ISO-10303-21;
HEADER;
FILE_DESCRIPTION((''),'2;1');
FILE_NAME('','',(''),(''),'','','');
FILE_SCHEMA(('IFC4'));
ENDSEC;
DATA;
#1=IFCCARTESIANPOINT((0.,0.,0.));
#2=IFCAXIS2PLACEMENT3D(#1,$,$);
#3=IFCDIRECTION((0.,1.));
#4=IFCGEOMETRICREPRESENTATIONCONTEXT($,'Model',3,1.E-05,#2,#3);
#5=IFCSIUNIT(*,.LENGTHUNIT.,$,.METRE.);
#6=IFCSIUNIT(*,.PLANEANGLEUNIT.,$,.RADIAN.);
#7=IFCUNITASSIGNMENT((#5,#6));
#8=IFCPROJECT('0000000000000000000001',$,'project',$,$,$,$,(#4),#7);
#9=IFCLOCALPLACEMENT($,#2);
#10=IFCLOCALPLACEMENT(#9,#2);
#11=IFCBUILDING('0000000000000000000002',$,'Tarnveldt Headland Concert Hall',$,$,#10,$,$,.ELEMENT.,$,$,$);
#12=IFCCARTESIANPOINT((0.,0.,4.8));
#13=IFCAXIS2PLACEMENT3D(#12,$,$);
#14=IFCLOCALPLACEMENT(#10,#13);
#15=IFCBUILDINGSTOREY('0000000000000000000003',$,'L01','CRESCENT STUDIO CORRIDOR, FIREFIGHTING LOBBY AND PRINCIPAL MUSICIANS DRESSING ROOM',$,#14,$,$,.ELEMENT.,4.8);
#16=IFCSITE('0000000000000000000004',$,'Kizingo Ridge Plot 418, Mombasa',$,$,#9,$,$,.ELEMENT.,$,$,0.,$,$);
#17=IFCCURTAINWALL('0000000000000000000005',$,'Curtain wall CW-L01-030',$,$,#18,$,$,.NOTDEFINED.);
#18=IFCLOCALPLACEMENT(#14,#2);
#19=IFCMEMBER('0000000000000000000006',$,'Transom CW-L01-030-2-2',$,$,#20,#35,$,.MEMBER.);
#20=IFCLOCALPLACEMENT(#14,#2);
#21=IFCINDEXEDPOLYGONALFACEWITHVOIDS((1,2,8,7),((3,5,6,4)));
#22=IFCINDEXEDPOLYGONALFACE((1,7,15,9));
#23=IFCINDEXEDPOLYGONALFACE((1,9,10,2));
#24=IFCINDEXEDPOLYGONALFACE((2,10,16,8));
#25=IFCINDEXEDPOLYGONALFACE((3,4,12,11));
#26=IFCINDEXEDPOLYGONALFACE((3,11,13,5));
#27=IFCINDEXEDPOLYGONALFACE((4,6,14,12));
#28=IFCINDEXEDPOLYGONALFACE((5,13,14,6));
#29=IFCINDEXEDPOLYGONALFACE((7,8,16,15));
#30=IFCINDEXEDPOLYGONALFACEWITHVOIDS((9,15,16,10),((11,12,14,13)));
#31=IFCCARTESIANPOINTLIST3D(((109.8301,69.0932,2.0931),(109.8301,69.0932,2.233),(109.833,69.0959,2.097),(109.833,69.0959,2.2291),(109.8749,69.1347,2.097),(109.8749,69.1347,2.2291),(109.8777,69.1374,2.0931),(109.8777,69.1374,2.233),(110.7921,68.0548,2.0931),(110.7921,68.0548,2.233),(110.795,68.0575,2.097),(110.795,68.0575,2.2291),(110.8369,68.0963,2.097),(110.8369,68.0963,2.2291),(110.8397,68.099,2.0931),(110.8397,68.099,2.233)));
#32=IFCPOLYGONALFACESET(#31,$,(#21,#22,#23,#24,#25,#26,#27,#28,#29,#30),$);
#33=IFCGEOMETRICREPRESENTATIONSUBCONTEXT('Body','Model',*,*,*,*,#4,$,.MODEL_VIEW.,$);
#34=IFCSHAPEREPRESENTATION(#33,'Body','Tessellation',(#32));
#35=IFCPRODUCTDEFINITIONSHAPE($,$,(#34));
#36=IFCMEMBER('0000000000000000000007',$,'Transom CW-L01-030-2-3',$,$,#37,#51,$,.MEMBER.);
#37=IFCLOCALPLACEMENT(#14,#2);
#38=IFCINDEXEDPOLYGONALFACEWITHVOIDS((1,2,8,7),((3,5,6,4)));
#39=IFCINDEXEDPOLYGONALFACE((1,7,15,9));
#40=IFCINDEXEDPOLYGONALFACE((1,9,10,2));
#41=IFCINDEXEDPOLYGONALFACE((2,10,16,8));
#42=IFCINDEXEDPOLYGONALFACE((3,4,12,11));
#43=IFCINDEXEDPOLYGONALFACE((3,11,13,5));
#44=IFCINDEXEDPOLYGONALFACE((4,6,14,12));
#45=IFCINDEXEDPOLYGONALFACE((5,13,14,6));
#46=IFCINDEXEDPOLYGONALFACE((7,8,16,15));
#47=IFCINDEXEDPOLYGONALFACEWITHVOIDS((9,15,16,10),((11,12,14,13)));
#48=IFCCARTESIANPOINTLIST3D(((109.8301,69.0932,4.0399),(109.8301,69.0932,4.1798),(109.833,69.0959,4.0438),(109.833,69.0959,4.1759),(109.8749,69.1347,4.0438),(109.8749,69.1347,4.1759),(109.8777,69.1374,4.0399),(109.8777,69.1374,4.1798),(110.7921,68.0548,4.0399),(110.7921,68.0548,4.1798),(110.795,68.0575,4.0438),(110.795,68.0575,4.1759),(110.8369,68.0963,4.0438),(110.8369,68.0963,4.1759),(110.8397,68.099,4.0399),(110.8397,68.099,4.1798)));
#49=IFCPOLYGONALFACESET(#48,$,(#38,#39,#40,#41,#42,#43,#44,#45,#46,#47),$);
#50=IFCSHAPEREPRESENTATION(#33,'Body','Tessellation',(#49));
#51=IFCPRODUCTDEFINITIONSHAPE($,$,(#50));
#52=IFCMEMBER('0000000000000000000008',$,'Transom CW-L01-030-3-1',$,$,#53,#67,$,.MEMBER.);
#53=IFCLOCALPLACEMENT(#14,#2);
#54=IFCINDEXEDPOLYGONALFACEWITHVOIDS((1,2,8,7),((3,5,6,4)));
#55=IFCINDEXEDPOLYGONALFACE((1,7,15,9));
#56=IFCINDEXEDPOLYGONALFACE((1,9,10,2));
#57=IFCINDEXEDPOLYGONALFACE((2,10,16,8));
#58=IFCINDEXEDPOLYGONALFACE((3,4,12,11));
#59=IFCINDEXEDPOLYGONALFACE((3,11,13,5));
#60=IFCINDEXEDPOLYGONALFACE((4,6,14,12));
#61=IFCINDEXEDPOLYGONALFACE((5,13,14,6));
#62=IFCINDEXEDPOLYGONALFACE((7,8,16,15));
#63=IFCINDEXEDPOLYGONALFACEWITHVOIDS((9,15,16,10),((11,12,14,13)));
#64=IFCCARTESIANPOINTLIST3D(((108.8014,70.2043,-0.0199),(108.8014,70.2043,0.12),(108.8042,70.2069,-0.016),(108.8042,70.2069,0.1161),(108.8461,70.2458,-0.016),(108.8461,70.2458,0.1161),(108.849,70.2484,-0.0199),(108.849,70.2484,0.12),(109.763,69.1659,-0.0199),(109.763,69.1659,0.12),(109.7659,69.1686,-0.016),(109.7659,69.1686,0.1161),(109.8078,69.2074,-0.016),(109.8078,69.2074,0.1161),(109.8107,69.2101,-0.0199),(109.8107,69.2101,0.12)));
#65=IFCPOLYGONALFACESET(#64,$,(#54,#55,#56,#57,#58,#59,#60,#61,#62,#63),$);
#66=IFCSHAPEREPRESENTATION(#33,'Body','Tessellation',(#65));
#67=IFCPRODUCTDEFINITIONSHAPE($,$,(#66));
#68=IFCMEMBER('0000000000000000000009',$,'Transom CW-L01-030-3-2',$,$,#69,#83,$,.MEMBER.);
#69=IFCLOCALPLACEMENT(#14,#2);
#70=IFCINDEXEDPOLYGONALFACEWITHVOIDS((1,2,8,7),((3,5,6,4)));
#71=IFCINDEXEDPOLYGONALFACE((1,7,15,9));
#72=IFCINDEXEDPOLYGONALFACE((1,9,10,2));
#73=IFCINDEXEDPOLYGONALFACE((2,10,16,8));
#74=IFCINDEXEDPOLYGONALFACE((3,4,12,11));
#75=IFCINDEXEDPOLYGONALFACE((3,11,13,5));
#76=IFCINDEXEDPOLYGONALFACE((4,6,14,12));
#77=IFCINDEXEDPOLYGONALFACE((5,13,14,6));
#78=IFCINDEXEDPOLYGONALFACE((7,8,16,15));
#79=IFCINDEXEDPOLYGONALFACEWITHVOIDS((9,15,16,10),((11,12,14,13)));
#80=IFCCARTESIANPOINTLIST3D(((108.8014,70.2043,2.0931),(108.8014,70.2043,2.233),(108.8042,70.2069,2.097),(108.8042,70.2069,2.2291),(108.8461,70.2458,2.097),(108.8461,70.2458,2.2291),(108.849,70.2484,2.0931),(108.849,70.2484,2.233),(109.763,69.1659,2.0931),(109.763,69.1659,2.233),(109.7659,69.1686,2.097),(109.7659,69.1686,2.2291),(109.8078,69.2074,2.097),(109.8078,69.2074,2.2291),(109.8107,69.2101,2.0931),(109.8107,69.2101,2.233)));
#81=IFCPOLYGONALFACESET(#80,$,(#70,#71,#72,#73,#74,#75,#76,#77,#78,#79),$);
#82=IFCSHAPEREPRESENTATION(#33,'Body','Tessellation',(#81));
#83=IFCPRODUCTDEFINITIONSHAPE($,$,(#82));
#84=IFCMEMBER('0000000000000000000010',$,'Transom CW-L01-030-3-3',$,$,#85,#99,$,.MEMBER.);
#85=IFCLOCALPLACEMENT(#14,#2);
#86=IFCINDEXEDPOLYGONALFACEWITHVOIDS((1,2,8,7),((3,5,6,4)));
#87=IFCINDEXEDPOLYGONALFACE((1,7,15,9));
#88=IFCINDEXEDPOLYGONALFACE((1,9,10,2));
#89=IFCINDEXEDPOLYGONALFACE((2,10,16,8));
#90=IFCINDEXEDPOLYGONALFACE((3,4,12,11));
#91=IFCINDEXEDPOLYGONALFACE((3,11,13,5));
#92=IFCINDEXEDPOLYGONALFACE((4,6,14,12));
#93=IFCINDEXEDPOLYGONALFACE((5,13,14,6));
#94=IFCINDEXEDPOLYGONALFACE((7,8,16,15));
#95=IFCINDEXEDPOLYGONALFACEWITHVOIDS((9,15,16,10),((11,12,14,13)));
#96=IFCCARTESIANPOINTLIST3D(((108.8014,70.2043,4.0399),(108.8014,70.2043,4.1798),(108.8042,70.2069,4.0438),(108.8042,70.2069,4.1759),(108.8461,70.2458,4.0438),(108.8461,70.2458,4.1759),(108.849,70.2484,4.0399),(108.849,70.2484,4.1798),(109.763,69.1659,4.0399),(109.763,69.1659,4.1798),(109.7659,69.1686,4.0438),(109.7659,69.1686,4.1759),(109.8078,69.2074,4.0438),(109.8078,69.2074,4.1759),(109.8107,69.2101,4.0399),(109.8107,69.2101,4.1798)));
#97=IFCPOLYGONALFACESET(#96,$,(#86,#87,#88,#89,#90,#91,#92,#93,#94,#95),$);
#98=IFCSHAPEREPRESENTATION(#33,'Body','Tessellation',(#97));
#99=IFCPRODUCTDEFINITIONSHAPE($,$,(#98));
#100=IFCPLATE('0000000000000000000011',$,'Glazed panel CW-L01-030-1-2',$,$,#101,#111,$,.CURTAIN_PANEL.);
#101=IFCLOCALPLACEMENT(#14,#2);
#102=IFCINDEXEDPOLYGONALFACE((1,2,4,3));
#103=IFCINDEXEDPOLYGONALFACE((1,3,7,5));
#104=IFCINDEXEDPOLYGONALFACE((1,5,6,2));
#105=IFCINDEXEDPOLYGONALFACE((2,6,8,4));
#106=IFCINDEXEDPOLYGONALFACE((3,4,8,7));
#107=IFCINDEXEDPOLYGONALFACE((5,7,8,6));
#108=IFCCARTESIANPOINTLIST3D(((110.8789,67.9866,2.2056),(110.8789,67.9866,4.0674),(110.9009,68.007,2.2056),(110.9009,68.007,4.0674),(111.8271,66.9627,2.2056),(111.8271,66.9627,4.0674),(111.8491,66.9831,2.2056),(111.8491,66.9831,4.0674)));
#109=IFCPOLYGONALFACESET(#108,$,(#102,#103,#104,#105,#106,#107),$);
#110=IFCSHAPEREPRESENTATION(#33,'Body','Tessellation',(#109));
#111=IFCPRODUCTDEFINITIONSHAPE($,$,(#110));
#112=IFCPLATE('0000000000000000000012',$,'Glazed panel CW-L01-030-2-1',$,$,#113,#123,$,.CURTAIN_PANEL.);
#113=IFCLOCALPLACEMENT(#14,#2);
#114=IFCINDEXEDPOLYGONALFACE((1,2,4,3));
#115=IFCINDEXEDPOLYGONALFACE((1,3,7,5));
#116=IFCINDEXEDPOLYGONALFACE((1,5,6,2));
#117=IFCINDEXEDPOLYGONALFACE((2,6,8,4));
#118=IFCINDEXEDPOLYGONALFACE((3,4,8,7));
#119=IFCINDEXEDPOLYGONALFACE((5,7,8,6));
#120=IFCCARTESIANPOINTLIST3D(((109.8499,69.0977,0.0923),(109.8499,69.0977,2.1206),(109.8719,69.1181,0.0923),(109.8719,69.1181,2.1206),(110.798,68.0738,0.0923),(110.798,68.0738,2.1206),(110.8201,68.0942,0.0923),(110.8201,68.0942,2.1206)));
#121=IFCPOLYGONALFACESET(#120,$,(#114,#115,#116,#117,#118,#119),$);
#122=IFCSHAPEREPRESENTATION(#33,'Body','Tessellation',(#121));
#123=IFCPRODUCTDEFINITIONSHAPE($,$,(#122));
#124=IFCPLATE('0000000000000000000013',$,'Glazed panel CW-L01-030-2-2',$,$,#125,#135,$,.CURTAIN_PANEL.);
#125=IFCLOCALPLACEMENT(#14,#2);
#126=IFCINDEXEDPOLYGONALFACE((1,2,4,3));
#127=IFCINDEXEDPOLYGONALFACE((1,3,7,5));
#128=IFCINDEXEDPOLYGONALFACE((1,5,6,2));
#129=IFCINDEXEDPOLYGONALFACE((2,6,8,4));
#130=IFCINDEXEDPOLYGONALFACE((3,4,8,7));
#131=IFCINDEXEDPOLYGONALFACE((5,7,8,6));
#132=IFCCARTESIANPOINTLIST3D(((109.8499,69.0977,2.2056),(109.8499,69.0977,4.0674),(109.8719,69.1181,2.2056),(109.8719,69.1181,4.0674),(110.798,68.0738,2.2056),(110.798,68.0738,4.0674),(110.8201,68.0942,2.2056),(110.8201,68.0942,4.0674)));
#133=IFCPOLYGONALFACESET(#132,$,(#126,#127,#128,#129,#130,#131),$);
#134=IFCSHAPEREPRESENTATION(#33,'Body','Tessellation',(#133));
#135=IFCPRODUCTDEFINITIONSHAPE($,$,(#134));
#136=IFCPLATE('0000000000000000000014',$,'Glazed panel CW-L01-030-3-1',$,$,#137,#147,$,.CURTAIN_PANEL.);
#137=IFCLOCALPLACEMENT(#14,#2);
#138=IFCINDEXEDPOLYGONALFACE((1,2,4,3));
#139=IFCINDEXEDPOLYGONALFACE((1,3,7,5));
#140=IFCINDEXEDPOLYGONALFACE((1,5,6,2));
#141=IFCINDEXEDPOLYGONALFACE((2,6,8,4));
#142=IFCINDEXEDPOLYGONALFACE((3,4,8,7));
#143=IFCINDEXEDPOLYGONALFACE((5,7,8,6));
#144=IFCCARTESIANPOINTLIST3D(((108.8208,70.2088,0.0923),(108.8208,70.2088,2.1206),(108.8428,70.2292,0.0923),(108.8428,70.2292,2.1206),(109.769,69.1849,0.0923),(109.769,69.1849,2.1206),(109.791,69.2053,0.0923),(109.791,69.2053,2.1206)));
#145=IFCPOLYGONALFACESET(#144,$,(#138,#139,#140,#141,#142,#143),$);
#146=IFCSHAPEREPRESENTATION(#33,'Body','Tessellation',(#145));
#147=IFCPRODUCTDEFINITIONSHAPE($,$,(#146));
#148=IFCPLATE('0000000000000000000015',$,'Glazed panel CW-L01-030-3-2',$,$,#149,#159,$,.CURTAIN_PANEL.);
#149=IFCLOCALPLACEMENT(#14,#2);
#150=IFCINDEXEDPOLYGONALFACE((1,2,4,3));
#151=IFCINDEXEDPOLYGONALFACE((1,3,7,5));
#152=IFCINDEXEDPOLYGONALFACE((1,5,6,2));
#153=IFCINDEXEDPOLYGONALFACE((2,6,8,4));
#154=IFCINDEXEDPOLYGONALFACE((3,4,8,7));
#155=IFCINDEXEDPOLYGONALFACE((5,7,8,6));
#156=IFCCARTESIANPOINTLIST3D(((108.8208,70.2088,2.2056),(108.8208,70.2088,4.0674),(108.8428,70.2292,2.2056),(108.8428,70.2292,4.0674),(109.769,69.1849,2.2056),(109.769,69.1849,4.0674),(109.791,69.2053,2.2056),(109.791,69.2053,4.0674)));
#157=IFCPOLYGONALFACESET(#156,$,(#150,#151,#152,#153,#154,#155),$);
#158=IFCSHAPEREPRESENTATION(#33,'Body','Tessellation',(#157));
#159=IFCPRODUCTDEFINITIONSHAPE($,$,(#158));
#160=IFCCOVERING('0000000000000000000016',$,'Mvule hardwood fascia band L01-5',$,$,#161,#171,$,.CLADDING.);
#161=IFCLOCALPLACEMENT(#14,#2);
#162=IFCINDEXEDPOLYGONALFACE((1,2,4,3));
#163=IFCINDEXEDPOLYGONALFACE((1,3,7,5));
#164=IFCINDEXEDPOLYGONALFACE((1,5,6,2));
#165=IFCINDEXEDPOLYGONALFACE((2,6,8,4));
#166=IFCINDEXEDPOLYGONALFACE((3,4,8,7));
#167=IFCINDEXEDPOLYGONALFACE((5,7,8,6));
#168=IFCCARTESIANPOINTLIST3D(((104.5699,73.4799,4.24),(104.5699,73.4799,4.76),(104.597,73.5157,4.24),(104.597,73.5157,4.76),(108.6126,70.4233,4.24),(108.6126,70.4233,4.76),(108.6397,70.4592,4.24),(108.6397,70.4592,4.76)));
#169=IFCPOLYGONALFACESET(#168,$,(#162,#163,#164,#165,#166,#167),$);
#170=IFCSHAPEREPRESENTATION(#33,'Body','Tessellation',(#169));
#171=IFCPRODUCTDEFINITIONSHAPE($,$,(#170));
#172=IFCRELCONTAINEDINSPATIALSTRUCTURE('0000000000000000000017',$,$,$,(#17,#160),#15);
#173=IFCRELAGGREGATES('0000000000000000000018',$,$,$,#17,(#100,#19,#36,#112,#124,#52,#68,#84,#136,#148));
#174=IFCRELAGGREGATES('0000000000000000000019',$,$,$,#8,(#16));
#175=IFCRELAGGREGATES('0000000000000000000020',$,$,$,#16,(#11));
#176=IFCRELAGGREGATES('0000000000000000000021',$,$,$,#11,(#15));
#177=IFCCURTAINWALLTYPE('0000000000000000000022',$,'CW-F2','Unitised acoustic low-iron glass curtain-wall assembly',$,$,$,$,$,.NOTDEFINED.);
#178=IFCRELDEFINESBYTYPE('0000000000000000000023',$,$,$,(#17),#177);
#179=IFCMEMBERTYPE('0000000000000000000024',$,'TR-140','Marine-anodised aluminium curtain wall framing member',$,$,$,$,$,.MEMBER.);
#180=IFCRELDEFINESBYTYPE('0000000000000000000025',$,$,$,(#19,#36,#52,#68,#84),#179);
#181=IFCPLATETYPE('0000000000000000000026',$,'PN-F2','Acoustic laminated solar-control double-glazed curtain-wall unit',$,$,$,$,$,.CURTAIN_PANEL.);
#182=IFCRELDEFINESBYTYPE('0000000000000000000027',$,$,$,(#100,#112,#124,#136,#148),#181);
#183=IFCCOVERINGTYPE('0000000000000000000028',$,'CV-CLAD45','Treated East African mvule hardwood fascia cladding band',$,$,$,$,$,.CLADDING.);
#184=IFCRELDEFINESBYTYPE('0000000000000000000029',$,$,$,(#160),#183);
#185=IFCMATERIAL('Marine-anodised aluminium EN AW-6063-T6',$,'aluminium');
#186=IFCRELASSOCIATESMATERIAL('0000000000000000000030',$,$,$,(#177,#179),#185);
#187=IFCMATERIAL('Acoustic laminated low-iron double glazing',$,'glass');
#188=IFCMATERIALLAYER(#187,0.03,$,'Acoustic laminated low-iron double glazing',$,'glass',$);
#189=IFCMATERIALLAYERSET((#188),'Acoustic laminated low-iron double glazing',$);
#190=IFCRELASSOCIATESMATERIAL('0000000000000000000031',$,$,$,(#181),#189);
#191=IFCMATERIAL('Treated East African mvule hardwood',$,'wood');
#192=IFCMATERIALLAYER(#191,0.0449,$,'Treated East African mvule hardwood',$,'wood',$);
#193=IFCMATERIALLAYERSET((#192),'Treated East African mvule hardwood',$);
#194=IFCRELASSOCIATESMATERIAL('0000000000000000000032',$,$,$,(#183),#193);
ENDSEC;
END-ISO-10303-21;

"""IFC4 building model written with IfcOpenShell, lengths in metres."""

from ifc_helpers import new_model, si_unit, direction, frame, frame_2d, origin, origin_2d, place, context, subcontext, project, spatial, rectangle, hollow_rectangle, extrude, material, layer, layer_set, material_profile, profile_set, type_object, element, aggregate, save


model = new_model("IFC4")

# Units and contexts
model_context = context("Model", 3, precision=1e-05, world=origin(), true_north=direction((0.0, 1.0)))
body_context = subcontext(model_context, "Body", "Model", "MODEL_VIEW")
ifc_project = project(units=[si_unit("LENGTHUNIT", "METRE"), si_unit("PLANEANGLEUNIT", "RADIAN")], contexts=[model_context])

# Site, building, storey
site_placement = place(None, origin())
site = spatial("IfcSite", under=ifc_project, at=site_placement, Name="Kizingo Ridge Plot 418, Mombasa", CompositionType="ELEMENT", RefElevation=0.0)
building_placement = place(site_placement, origin())
building = spatial("IfcBuilding", under=site, at=building_placement, Name="Tarnveldt Headland Concert Hall", CompositionType="ELEMENT")
storey_placement = place(building_placement, frame((0.0, 0.0, 4.8)))
storey = spatial("IfcBuildingStorey", under=building, at=storey_placement, Name="L01", Description="CRESCENT STUDIO CORRIDOR, FIREFIGHTING LOBBY AND PRINCIPAL MUSICIANS DRESSING ROOM", CompositionType="ELEMENT", Elevation=4.8)

# Curtain wall
ifc_material_1 = material(Name="Marine-anodised aluminium EN AW-6063-T6", Category="aluminium")
curtain_wall_type = type_object("IfcCurtainWallType", Name="CW-F2", Description="Unitised acoustic low-iron glass curtain-wall assembly", PredefinedType="NOTDEFINED", material=ifc_material_1)
curtain_wall_placement = place(storey_placement, origin())
curtain_wall = element("IfcCurtainWall", 1, at=curtain_wall_placement, inside=storey, type_object=curtain_wall_type, Name="Curtain wall CW-L01-030", PredefinedType="NOTDEFINED")

# Members
ifc_material_profile_1 = material_profile(ifc_material_1, hollow_rectangle(XDim=0.0649, YDim=0.1399, WallThickness=0.0039, at=origin_2d()), Name="ALU TRANSOM 65x140x4", Category="aluminium")
ifc_profile_set_1 = profile_set([ifc_material_profile_1], Name="Marine-anodised aluminium EN AW-6063-T6")
member_type_1 = type_object("IfcMemberType", Name="TR-140", Description="Marine-anodised aluminium curtain wall framing member", PredefinedType="MEMBER", material=ifc_profile_set_1)
member_1_placement = place(storey_placement, frame((110.8159, 68.0769, 2.1631), z_axis=(-0.679597, 0.733585, 0.0), x_axis=(-0.733585, -0.679597, 0.0)))
member_1 = element("IfcMember", 2, at=member_1_placement, type_object=member_type_1, Name="Transom CW-L01-030-2-2", PredefinedType="MEMBER", context=body_context, shape_type="SweptSolid", body=[
    extrude(hollow_rectangle(XDim=0.0649, YDim=0.1399, WallThickness=0.0039, at=origin_2d()), origin(), (0.0, 0.0, 1.0), 1.4155),
])
member_2_placement = place(storey_placement, frame((110.8159, 68.0769, 4.1099), z_axis=(-0.679597, 0.733585, 0.0), x_axis=(-0.733585, -0.679597, 0.0)))
member_2 = element("IfcMember", 3, at=member_2_placement, type_object=member_type_1, Name="Transom CW-L01-030-2-3", PredefinedType="MEMBER", context=body_context, shape_type="SweptSolid", body=[
    extrude(hollow_rectangle(XDim=0.0649, YDim=0.1399, WallThickness=0.0039, at=origin_2d()), origin(), (0.0, 0.0, 1.0), 1.4155),
])
member_3_placement = place(storey_placement, frame((109.7869, 69.188, 0.05), z_axis=(-0.679504, 0.733671, 0.0), x_axis=(-0.733671, -0.679504, 0.0)))
member_3 = element("IfcMember", 4, at=member_3_placement, type_object=member_type_1, Name="Transom CW-L01-030-3-1", PredefinedType="MEMBER", context=body_context, shape_type="SweptSolid", body=[
    extrude(hollow_rectangle(XDim=0.0649, YDim=0.1399, WallThickness=0.0039, at=origin_2d()), origin(), (0.0, 0.0, 1.0), 1.4153),
])
member_4_placement = place(storey_placement, frame((109.7869, 69.188, 2.1631), z_axis=(-0.679504, 0.733671, 0.0), x_axis=(-0.733671, -0.679504, 0.0)))
member_4 = element("IfcMember", 5, at=member_4_placement, type_object=member_type_1, Name="Transom CW-L01-030-3-2", PredefinedType="MEMBER", context=body_context, shape_type="SweptSolid", body=[
    extrude(hollow_rectangle(XDim=0.0649, YDim=0.1399, WallThickness=0.0039, at=origin_2d()), origin(), (0.0, 0.0, 1.0), 1.4153),
])
member_5_placement = place(storey_placement, frame((109.7869, 69.188, 4.1099), z_axis=(-0.679504, 0.733671, 0.0), x_axis=(-0.733671, -0.679504, 0.0)))
member_5 = element("IfcMember", 6, at=member_5_placement, type_object=member_type_1, Name="Transom CW-L01-030-3-3", PredefinedType="MEMBER", context=body_context, shape_type="SweptSolid", body=[
    extrude(hollow_rectangle(XDim=0.0649, YDim=0.1399, WallThickness=0.0039, at=origin_2d()), origin(), (0.0, 0.0, 1.0), 1.4153),
])

# Plates
ifc_material_2 = material(Name="Acoustic laminated low-iron double glazing", Category="glass")
ifc_layer_1 = layer(ifc_material_2, 0.03, Name="Acoustic laminated low-iron double glazing", Category="glass")
ifc_layer_set_1 = layer_set([ifc_layer_1], Name="Acoustic laminated low-iron double glazing")
plate_type = type_object("IfcPlateType", Name="PN-F2", Description="Acoustic laminated solar-control double-glazed curtain-wall unit", PredefinedType="CURTAIN_PANEL", material=ifc_layer_set_1)
plate_1_placement = place(storey_placement, frame((111.364, 67.4849, 2.2056), z_axis=(0.0, 0.0, 1.0), x_axis=(-0.679454, 0.733718, 0.0)))
plate_1 = element("IfcPlate", 7, at=plate_1_placement, type_object=plate_type, Name="Glazed panel CW-L01-030-1-2", PredefinedType="CURTAIN_PANEL", context=body_context, shape_type="SweptSolid", body=[
    extrude(rectangle(XDim=1.3955, YDim=0.03, at=origin_2d()), origin(), (0.0, 0.0, 1.0), 1.8618),
])
plate_2_placement = place(storey_placement, frame((110.335, 68.5959, 0.0923), z_axis=(0.0, 0.0, 1.0), x_axis=(-0.679454, 0.733718, 0.0)))
plate_2 = element("IfcPlate", 8, at=plate_2_placement, type_object=plate_type, Name="Glazed panel CW-L01-030-2-1", PredefinedType="CURTAIN_PANEL", context=body_context, shape_type="SweptSolid", body=[
    extrude(rectangle(XDim=1.3955, YDim=0.03, at=origin_2d()), origin(), (0.0, 0.0, 1.0), 2.0283),
])
plate_3_placement = place(storey_placement, frame((110.335, 68.5959, 2.2056), z_axis=(0.0, 0.0, 1.0), x_axis=(-0.679454, 0.733718, 0.0)))
plate_3 = element("IfcPlate", 9, at=plate_3_placement, type_object=plate_type, Name="Glazed panel CW-L01-030-2-2", PredefinedType="CURTAIN_PANEL", context=body_context, shape_type="SweptSolid", body=[
    extrude(rectangle(XDim=1.3955, YDim=0.03, at=origin_2d()), origin(), (0.0, 0.0, 1.0), 1.8618),
])
plate_4_placement = place(storey_placement, frame((109.3059, 69.707, 0.0923), z_axis=(0.0, 0.0, 1.0), x_axis=(-0.679454, 0.733718, 0.0)))
plate_4 = element("IfcPlate", 10, at=plate_4_placement, type_object=plate_type, Name="Glazed panel CW-L01-030-3-1", PredefinedType="CURTAIN_PANEL", context=body_context, shape_type="SweptSolid", body=[
    extrude(rectangle(XDim=1.3955, YDim=0.03, at=origin_2d()), origin(), (0.0, 0.0, 1.0), 2.0283),
])
plate_5_placement = place(storey_placement, frame((109.3059, 69.707, 2.2056), z_axis=(0.0, 0.0, 1.0), x_axis=(-0.679454, 0.733718, 0.0)))
plate_5 = element("IfcPlate", 11, at=plate_5_placement, type_object=plate_type, Name="Glazed panel CW-L01-030-3-2", PredefinedType="CURTAIN_PANEL", context=body_context, shape_type="SweptSolid", body=[
    extrude(rectangle(XDim=1.3955, YDim=0.03, at=origin_2d()), origin(), (0.0, 0.0, 1.0), 1.8618),
])
aggregate(curtain_wall, [plate_1, member_1, member_2, plate_2, plate_3, member_3, member_4, member_5, plate_4, plate_5])

# Covering
ifc_material_3 = material(Name="Treated East African mvule hardwood", Category="wood")
ifc_layer_2 = layer(ifc_material_3, 0.0449, Name="Treated East African mvule hardwood", Category="wood")
ifc_layer_set_2 = layer_set([ifc_layer_2], Name="Treated East African mvule hardwood")
covering_type = type_object("IfcCoveringType", Name="CV-CLAD45", Description="Treated East African mvule hardwood fascia cladding band", PredefinedType="CLADDING", material=ifc_layer_set_2)
covering_placement = place(storey_placement, frame((108.6262, 70.4412, 4.24), z_axis=(0.0, 0.0, 1.0), x_axis=(-0.797664, 0.603102, 0.0)))
element("IfcCovering", 12, at=covering_placement, inside=storey, type_object=covering_type, Name="Mvule hardwood fascia band L01-5", PredefinedType="CLADDING", context=body_context, shape_type="SweptSolid", body=[
    extrude(rectangle(XDim=5.0681, YDim=0.0449, at=frame_2d((2.5342, 0.0))), origin(), (0.0, 0.0, 1.0), 0.52),
])

save(model, "model.ifc")
